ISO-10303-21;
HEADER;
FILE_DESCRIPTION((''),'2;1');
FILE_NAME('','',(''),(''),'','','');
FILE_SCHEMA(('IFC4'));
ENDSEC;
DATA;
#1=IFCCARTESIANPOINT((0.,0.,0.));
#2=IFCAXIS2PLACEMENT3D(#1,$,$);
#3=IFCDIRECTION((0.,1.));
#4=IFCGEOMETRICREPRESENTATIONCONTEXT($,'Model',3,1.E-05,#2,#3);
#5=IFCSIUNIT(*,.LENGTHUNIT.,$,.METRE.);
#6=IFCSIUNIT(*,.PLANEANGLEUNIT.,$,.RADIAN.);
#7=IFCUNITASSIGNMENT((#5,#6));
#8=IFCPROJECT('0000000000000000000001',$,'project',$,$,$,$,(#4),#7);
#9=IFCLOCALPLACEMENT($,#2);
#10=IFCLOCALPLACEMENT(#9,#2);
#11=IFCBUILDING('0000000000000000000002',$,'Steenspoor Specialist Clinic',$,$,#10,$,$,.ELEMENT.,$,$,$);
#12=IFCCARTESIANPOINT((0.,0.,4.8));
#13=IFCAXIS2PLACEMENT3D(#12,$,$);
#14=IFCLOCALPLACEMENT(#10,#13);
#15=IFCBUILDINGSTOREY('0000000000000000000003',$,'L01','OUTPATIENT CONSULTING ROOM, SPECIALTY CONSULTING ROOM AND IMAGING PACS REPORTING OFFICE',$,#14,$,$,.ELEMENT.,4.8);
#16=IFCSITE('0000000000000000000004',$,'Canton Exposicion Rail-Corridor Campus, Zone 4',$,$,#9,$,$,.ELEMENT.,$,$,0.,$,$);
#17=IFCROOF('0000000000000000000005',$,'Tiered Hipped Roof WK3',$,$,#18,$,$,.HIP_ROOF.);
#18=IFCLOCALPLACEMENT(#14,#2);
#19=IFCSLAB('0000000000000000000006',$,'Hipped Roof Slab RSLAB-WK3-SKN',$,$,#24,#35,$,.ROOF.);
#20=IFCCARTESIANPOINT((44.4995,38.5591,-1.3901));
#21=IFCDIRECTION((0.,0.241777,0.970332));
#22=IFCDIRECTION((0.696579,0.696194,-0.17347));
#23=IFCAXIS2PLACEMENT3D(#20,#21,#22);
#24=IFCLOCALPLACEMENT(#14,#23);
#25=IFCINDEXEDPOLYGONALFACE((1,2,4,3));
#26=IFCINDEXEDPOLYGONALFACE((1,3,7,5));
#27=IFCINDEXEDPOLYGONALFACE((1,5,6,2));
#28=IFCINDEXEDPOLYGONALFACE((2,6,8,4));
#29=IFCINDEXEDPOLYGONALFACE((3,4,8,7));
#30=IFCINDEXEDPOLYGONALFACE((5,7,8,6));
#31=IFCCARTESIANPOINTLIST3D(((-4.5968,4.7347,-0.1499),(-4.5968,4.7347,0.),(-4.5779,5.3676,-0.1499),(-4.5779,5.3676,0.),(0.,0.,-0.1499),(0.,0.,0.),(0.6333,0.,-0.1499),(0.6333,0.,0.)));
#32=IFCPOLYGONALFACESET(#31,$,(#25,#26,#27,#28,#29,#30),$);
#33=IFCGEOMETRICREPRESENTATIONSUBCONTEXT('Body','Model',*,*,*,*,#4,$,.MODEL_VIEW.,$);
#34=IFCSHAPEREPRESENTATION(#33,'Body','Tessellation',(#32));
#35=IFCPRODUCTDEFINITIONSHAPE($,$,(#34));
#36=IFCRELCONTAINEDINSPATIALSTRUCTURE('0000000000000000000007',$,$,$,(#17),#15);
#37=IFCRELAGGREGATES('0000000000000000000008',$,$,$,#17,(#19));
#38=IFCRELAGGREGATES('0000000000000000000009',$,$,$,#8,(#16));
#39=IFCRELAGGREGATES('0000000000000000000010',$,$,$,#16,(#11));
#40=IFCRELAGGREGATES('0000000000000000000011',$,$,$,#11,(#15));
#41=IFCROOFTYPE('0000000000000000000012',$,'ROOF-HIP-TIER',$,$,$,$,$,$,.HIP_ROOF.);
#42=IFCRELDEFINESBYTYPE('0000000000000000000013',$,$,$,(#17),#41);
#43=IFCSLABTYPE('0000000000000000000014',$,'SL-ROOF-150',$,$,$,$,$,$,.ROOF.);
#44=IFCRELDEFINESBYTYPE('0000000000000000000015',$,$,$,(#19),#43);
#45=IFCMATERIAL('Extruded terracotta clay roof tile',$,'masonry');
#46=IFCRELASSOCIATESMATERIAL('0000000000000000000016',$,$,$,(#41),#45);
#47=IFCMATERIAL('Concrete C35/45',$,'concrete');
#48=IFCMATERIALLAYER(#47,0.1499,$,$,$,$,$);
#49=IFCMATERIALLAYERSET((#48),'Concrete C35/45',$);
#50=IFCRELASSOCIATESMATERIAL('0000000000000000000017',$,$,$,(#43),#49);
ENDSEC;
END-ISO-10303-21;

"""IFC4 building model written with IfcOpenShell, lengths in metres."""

from ifc_helpers import new_model, si_unit, direction, frame, origin, place, context, subcontext, project, spatial, polyline, outline, extrude, material, layer, layer_set, type_object, element, aggregate, save


model = new_model("IFC4")

# Units and contexts
model_context = context("Model", 3, precision=1e-05, world=origin(), true_north=direction((0.0, 1.0)))
body_context = subcontext(model_context, "Body", "Model", "MODEL_VIEW")
ifc_project = project(units=[si_unit("LENGTHUNIT", "METRE"), si_unit("PLANEANGLEUNIT", "RADIAN")], contexts=[model_context])

# Site, building, storey
site_placement = place(None, origin())
site = spatial("IfcSite", under=ifc_project, at=site_placement, Name="Canton Exposicion Rail-Corridor Campus, Zone 4", CompositionType="ELEMENT", RefElevation=0.0)
building_placement = place(site_placement, origin())
building = spatial("IfcBuilding", under=site, at=building_placement, Name="Steenspoor Specialist Clinic", CompositionType="ELEMENT")
storey_placement = place(building_placement, frame((0.0, 0.0, 4.8)))
storey = spatial("IfcBuildingStorey", under=building, at=storey_placement, Name="L01", Description="OUTPATIENT CONSULTING ROOM, SPECIALTY CONSULTING ROOM AND IMAGING PACS REPORTING OFFICE", CompositionType="ELEMENT", Elevation=4.8)

# Roof, slab
ifc_material_1 = material(Name="Extruded terracotta clay roof tile", Category="masonry")
roof_type = type_object("IfcRoofType", Name="ROOF-HIP-TIER", PredefinedType="HIP_ROOF", material=ifc_material_1)
roof_placement = place(storey_placement, origin())
roof = element("IfcRoof", 1, at=roof_placement, inside=storey, type_object=roof_type, Name="Tiered Hipped Roof WK3", PredefinedType="HIP_ROOF")
ifc_material_2 = material(Name="Concrete C35/45", Category="concrete")
ifc_layer_1 = layer(ifc_material_2, 0.1499)
ifc_layer_set_1 = layer_set([ifc_layer_1], Name="Concrete C35/45")
slab_type = type_object("IfcSlabType", Name="SL-ROOF-150", PredefinedType="ROOF", material=ifc_layer_set_1)
slab_1_placement = place(storey_placement, frame((44.4995, 38.5591, -1.3901), z_axis=(0.0, 0.241777, 0.970332), x_axis=(0.696579, 0.696194, -0.17347)))
slab_1 = element("IfcSlab", 2, at=slab_1_placement, type_object=slab_type, Name="Hipped Roof Slab RSLAB-WK3-SKN", PredefinedType="ROOF", context=body_context, shape_type="SweptSolid", body=[
    extrude(outline(polyline([(0.0, 0.0), (0.6333, 0.0), (-4.5779, 5.3676), (-4.5968, 4.7347), (0.0, 0.0)])), origin(), (0.0, 0.0, -1.0), 0.1499),
])
aggregate(roof, [slab_1])

save(model, "model.ifc")
